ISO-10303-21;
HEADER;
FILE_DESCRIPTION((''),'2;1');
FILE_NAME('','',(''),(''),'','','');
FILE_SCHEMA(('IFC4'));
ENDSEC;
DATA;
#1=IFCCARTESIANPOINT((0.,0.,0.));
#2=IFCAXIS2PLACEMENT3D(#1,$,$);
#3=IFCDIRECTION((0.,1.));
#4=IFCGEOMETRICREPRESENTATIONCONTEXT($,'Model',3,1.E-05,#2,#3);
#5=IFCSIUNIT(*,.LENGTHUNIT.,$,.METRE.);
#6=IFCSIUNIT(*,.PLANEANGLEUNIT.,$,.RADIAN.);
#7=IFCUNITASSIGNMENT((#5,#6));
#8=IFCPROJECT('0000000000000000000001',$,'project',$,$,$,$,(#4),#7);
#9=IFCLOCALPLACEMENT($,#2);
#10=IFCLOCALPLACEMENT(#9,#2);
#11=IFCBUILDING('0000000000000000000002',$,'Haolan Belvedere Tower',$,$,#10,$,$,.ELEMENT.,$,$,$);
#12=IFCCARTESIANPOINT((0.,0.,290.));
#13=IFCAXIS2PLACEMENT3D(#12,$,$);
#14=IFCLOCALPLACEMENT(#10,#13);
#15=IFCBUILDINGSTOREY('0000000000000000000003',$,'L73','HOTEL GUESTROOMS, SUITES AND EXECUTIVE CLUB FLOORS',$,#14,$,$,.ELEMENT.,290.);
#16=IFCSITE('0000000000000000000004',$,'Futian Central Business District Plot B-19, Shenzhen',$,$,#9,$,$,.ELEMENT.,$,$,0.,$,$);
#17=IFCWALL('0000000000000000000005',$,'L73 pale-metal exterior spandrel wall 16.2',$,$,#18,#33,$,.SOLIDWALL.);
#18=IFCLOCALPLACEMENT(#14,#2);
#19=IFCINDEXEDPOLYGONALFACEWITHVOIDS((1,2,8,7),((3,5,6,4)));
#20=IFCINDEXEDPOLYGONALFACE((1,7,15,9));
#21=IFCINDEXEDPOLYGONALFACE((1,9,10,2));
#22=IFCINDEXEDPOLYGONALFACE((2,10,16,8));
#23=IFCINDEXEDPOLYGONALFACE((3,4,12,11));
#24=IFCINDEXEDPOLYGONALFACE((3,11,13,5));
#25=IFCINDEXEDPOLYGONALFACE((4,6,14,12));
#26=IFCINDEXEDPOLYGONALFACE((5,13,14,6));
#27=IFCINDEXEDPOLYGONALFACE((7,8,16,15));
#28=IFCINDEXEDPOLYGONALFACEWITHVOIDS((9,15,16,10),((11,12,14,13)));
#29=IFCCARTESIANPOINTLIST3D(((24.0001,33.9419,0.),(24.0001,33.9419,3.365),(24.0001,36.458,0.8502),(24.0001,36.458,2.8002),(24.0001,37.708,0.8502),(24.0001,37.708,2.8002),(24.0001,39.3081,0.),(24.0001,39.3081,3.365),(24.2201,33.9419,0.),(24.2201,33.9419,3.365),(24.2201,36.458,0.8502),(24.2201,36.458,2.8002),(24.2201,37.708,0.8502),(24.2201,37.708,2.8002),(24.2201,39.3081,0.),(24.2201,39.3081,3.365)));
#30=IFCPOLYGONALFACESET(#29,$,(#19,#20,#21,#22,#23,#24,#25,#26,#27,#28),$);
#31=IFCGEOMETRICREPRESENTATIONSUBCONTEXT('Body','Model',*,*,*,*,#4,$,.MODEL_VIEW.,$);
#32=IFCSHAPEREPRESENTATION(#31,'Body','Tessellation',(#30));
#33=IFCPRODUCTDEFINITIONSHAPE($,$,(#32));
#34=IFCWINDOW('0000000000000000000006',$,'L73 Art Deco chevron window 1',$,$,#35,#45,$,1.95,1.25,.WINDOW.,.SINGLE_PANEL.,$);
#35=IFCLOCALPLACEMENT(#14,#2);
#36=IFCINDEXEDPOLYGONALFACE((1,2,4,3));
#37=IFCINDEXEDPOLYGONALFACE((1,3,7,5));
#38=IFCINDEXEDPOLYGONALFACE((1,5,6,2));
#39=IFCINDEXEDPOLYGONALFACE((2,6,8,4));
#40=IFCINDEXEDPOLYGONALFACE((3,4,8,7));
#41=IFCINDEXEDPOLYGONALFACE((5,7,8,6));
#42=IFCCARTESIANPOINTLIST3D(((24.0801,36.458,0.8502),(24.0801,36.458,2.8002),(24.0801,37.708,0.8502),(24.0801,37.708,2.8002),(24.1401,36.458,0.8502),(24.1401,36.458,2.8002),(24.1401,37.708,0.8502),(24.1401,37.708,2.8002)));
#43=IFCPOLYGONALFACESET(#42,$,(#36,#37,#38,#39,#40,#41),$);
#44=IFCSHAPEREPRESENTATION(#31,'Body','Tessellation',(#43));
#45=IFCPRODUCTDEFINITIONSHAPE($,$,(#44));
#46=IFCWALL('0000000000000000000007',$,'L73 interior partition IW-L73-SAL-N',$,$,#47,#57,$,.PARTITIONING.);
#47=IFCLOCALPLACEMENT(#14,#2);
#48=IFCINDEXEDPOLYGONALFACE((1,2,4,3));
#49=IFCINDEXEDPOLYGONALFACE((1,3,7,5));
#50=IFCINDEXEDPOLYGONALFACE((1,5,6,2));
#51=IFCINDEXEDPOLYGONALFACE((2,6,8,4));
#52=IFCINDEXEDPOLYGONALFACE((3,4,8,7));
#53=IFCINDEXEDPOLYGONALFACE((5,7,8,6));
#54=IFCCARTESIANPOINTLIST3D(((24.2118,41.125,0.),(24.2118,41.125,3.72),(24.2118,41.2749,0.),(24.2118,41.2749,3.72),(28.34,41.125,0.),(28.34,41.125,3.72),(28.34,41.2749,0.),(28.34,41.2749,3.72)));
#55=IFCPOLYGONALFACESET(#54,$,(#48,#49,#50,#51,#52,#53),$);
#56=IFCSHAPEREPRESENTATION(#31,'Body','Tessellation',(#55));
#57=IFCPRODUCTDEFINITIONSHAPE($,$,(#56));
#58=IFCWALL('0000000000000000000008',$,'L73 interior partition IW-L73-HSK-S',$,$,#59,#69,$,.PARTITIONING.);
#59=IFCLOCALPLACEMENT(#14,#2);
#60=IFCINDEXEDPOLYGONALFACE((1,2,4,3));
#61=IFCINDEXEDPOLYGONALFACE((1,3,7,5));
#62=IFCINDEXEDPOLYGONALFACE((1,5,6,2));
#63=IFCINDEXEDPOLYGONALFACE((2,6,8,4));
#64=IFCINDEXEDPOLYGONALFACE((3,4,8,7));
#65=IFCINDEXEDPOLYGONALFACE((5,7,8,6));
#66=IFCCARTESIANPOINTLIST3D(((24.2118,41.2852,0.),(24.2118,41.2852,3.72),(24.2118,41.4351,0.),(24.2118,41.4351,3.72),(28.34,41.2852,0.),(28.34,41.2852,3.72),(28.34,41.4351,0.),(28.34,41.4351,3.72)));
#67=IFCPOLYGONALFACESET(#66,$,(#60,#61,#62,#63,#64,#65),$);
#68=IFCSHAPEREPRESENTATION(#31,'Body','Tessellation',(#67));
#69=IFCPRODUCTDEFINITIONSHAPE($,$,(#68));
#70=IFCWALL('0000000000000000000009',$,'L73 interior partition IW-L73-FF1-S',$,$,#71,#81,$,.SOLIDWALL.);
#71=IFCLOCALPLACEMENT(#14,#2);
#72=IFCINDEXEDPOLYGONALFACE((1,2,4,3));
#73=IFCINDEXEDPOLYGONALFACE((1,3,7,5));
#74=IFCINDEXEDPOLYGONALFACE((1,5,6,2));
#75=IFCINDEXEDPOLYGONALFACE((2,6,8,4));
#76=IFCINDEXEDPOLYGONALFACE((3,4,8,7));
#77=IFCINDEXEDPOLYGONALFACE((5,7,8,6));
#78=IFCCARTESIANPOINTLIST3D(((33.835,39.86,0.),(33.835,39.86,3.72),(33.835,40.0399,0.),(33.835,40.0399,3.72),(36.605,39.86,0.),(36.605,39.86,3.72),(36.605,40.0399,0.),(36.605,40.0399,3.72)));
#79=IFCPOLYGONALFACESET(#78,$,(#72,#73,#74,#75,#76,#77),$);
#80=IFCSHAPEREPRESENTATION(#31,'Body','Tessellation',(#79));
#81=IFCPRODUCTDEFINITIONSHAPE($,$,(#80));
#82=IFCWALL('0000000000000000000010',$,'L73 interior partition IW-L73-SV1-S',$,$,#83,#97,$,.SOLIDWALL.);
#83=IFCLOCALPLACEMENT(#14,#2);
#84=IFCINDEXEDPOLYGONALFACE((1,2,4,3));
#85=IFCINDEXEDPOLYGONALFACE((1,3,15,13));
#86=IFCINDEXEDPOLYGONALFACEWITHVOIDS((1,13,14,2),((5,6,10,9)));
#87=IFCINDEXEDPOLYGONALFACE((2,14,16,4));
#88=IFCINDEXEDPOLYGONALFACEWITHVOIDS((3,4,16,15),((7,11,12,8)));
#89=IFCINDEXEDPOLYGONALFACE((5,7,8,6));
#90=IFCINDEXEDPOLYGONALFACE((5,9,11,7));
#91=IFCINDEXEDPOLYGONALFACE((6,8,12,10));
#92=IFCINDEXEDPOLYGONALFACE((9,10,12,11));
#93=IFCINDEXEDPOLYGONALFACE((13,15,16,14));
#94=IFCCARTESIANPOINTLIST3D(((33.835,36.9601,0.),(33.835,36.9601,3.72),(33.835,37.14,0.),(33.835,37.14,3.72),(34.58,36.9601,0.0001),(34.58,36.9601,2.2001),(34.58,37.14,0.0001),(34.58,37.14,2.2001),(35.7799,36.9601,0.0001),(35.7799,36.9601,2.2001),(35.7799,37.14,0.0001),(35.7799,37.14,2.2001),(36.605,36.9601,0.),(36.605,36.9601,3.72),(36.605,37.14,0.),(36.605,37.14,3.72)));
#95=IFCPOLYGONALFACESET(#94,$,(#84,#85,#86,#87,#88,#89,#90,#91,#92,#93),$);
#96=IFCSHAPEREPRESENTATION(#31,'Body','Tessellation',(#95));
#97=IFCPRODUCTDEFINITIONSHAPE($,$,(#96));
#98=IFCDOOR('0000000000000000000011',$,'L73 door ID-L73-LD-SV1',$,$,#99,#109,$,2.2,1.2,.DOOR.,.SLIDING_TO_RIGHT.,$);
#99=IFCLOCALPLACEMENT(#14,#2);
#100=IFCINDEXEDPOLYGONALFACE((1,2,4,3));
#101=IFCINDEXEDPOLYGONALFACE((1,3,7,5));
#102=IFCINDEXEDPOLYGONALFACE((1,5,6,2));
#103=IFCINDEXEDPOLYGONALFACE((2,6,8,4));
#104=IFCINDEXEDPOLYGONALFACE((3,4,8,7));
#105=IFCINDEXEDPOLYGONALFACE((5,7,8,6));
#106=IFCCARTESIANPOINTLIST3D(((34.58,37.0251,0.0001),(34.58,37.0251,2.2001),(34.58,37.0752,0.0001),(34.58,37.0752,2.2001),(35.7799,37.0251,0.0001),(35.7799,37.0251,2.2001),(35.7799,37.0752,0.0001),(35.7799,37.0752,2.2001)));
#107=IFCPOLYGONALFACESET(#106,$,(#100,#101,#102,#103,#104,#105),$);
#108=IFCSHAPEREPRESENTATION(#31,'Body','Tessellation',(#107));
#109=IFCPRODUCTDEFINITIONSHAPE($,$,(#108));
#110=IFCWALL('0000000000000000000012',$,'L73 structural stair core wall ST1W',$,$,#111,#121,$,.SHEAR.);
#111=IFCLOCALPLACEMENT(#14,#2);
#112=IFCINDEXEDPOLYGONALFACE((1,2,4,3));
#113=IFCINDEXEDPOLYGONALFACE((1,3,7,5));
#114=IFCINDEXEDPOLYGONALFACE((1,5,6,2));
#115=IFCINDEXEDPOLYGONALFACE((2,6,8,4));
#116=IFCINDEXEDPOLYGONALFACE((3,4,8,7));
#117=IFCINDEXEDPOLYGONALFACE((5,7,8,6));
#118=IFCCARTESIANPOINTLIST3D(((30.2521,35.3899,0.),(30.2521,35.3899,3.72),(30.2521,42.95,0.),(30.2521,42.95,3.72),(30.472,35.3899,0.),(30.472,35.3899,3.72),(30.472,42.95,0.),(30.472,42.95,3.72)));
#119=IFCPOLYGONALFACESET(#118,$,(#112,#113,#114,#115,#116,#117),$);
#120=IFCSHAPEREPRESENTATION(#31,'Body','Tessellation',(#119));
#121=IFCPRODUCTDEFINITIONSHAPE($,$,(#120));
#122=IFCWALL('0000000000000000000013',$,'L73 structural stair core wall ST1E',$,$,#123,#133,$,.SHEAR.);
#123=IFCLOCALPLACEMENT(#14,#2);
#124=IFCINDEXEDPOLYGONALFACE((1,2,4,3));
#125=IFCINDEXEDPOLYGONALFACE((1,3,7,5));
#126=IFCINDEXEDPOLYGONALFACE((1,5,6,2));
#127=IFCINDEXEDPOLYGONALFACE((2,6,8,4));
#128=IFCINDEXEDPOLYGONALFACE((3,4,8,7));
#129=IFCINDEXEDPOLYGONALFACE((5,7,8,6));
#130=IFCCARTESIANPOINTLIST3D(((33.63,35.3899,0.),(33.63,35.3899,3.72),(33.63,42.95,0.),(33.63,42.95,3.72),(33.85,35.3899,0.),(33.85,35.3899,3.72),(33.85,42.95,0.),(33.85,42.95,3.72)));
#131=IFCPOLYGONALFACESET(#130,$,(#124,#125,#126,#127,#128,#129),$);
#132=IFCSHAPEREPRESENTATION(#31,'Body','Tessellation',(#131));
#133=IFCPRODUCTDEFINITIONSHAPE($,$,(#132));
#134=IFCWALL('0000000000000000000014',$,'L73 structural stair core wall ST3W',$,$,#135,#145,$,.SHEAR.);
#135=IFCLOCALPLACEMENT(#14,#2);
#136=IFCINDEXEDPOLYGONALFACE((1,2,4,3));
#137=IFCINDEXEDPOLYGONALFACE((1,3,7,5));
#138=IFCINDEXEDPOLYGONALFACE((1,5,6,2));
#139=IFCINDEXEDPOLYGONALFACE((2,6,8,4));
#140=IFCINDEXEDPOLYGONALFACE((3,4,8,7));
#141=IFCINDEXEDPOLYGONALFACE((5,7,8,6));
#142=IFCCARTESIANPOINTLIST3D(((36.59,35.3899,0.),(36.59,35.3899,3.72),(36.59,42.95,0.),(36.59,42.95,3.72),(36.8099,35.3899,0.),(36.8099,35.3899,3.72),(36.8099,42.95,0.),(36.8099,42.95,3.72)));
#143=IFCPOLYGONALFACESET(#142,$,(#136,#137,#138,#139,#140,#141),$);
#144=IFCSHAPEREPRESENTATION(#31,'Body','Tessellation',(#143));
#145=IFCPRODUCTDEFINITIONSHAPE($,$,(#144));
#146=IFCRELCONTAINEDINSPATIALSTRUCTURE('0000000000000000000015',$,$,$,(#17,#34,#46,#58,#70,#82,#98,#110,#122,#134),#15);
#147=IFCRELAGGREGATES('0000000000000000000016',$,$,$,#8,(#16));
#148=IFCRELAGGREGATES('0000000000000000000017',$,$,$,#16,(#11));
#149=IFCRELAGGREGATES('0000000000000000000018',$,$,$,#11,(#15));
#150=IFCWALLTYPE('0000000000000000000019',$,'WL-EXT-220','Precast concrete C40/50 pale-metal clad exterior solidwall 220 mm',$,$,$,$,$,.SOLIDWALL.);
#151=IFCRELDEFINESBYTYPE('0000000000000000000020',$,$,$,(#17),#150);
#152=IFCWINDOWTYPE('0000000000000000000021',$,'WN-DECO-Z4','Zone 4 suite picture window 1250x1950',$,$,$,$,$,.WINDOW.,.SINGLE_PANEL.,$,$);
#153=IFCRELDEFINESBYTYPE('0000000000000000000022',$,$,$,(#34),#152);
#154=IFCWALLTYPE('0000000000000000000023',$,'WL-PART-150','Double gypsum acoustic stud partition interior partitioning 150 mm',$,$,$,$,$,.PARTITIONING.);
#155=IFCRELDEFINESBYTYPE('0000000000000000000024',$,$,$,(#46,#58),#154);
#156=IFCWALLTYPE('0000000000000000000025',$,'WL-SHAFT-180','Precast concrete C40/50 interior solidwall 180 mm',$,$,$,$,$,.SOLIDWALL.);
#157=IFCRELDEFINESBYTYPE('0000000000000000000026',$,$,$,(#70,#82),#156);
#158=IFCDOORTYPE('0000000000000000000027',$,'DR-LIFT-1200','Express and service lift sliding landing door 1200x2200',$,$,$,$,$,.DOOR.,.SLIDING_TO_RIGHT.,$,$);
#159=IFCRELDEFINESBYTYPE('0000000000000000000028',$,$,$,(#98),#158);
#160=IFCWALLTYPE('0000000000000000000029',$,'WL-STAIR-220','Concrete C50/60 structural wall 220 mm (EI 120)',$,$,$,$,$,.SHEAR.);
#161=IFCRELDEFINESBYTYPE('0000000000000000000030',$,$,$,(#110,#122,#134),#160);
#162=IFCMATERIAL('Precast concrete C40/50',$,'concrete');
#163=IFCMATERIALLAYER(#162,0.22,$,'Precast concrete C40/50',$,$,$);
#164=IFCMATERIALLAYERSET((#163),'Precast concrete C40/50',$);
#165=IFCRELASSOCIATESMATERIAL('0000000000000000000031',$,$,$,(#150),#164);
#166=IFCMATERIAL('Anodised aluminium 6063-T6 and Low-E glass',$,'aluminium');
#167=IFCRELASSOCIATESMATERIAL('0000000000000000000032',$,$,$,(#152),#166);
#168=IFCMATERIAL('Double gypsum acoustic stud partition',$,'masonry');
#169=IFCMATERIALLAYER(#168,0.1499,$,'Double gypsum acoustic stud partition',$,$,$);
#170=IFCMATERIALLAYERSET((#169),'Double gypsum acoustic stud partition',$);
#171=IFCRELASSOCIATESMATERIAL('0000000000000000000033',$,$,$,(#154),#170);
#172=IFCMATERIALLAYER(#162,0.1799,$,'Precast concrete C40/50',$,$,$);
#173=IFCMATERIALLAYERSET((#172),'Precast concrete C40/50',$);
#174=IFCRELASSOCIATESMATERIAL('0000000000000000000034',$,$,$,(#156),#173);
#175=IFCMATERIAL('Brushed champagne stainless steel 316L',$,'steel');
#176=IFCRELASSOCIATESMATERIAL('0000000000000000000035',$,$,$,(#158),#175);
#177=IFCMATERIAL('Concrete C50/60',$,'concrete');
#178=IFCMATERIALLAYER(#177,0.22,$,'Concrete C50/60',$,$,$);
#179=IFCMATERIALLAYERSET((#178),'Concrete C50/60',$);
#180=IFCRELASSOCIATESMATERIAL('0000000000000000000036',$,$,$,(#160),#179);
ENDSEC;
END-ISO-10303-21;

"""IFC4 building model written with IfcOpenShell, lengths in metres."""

from ifc_helpers import new_model, si_unit, direction, frame, frame_2d, origin, place, context, subcontext, project, spatial, rectangle, extrude, material, layer, layer_set, type_object, element, fill, save


model = new_model("IFC4")

# Units and contexts
model_context = context("Model", 3, precision=1e-05, world=origin(), true_north=direction((0.0, 1.0)))
body_context = subcontext(model_context, "Body", "Model", "MODEL_VIEW")
ifc_project = project(units=[si_unit("LENGTHUNIT", "METRE"), si_unit("PLANEANGLEUNIT", "RADIAN")], contexts=[model_context])

# Site, building, storey
site_placement = place(None, origin())
site = spatial("IfcSite", under=ifc_project, at=site_placement, Name="Futian Central Business District Plot B-19, Shenzhen", CompositionType="ELEMENT", RefElevation=0.0)
building_placement = place(site_placement, origin())
building = spatial("IfcBuilding", under=site, at=building_placement, Name="Haolan Belvedere Tower", CompositionType="ELEMENT")
storey_placement = place(building_placement, frame((0.0, 0.0, 290.0)))
storey = spatial("IfcBuildingStorey", under=building, at=storey_placement, Name="L73", Description="HOTEL GUESTROOMS, SUITES AND EXECUTIVE CLUB FLOORS", CompositionType="ELEMENT", Elevation=290.0)

# Wall, opening, window
ifc_material_1 = material(Name="Precast concrete C40/50", Category="concrete")
ifc_layer_1 = layer(ifc_material_1, 0.22, Name="Precast concrete C40/50")
ifc_layer_set_1 = layer_set([ifc_layer_1], Name="Precast concrete C40/50")
wall_type_1 = type_object("IfcWallType", Name="WL-EXT-220", Description="Precast concrete C40/50 pale-metal clad exterior solidwall 220 mm", PredefinedType="SOLIDWALL", material=ifc_layer_set_1)
wall_1_placement = place(storey_placement, frame((24.1101, 39.3081, 0.0), z_axis=(0.0, 0.0, 1.0), x_axis=(0.0, -1.0, 0.0)))
wall_1 = element("IfcWall", 1, at=wall_1_placement, inside=storey, type_object=wall_type_1, Name="L73 pale-metal exterior spandrel wall 16.2", PredefinedType="SOLIDWALL", context=body_context, shape_type="SweptSolid", body=[
    extrude(rectangle(XDim=5.3662, YDim=0.22, at=frame_2d((2.6831, 0.0))), origin(), (0.0, 0.0, 1.0), 3.365),
])
opening_1_placement = place(wall_1_placement, frame((1.6001, 0.0, 0.8501)))
opening_1 = element("IfcOpeningElement", 2, at=opening_1_placement, cuts=wall_1, PredefinedType="OPENING", context=body_context, shape_type="SweptSolid", body=[
    extrude(rectangle(XDim=1.25, YDim=1.95, at=frame_2d((0.625, 0.9751))), frame((0.0, 0.1199, 0.0), z_axis=(0.0, -1.0, 0.0), x_axis=(1.0, 0.0, 0.0)), (0.0, 0.0, 1.0), 0.24),
])
ifc_material_2 = material(Name="Anodised aluminium 6063-T6 and Low-E glass", Category="aluminium")
window_type = type_object("IfcWindowType", Name="WN-DECO-Z4", Description="Zone 4 suite picture window 1250x1950", PartitioningType="SINGLE_PANEL", PredefinedType="WINDOW", material=ifc_material_2)
window_placement = place(opening_1_placement, origin())
window = element("IfcWindow", 3, at=window_placement, inside=storey, type_object=window_type, Name="L73 Art Deco chevron window 1", OverallHeight=1.95, OverallWidth=1.25, PartitioningType="SINGLE_PANEL", PredefinedType="WINDOW", context=body_context, shape_type="SweptSolid", body=[
    extrude(rectangle(XDim=1.25, YDim=1.95, at=frame_2d((0.625, 0.9751))), frame((0.0, 0.03, 0.0), z_axis=(0.0, -1.0, 0.0), x_axis=(1.0, 0.0, 0.0)), (0.0, 0.0, 1.0), 0.0601),
])
fill(opening_1, window)

# Walls
ifc_material_3 = material(Name="Double gypsum acoustic stud partition", Category="masonry")
ifc_layer_2 = layer(ifc_material_3, 0.1499, Name="Double gypsum acoustic stud partition")
ifc_layer_set_2 = layer_set([ifc_layer_2], Name="Double gypsum acoustic stud partition")
wall_type_2 = type_object("IfcWallType", Name="WL-PART-150", Description="Double gypsum acoustic stud partition interior partitioning 150 mm", PredefinedType="PARTITIONING", material=ifc_layer_set_2)
for number, where, z_axis, x_axis, name in (
    (4, (24.2119, 41.2, 0.0), (0.0, 0.0, 1.0), (1.0, 0.0, 0.0), "L73 interior partition IW-L73-SAL-N"),
    (5, (24.2119, 41.3601, 0.0), (0.0, 0.0, 1.0), (1.0, 0.0, 0.0), "L73 interior partition IW-L73-HSK-S"),
):
    element("IfcWall", number, at=place(storey_placement, frame(where, z_axis=z_axis, x_axis=x_axis)), inside=storey, type_object=wall_type_2, Name=name, PredefinedType="PARTITIONING", context=body_context, shape_type="SweptSolid", body=[
        extrude(rectangle(XDim=4.1282, YDim=0.1499, at=frame_2d((2.064, 0.0))), origin(), (0.0, 0.0, 1.0), 3.72),
    ])
ifc_layer_3 = layer(ifc_material_1, 0.1799, Name="Precast concrete C40/50")
ifc_layer_set_3 = layer_set([ifc_layer_3], Name="Precast concrete C40/50")
wall_type_3 = type_object("IfcWallType", Name="WL-SHAFT-180", Description="Precast concrete C40/50 interior solidwall 180 mm", PredefinedType="SOLIDWALL", material=ifc_layer_set_3)
wall_2_placement = place(storey_placement, frame((33.835, 39.95, 0.0), z_axis=(0.0, 0.0, 1.0), x_axis=(1.0, 0.0, 0.0)))
element("IfcWall", 6, at=wall_2_placement, inside=storey, type_object=wall_type_3, Name="L73 interior partition IW-L73-FF1-S", PredefinedType="SOLIDWALL", context=body_context, shape_type="SweptSolid", body=[
    extrude(rectangle(XDim=2.77, YDim=0.1799, at=frame_2d((1.385, 0.0))), origin(), (0.0, 0.0, 1.0), 3.72),
])

# Wall, opening, door
wall_3_placement = place(storey_placement, frame((33.835, 37.05, 0.0), z_axis=(0.0, 0.0, 1.0), x_axis=(1.0, 0.0, 0.0)))
wall_3 = element("IfcWall", 7, at=wall_3_placement, inside=storey, type_object=wall_type_3, Name="L73 interior partition IW-L73-SV1-S", PredefinedType="SOLIDWALL", context=body_context, shape_type="SweptSolid", body=[
    extrude(rectangle(XDim=2.77, YDim=0.1799, at=frame_2d((1.385, 0.0))), origin(), (0.0, 0.0, 1.0), 3.72),
])
opening_2_placement = place(wall_3_placement, frame((1.9451, 0.0, 0.0), z_axis=(0.0, 0.0, 1.0), x_axis=(-1.0, 0.0, 0.0)))
opening_2 = element("IfcOpeningElement", 8, at=opening_2_placement, cuts=wall_3, PredefinedType="OPENING", context=body_context, shape_type="SweptSolid", body=[
    extrude(rectangle(XDim=1.2, YDim=2.2, at=frame_2d((0.6001, 1.1001))), frame((0.0, 0.0999, 0.0), z_axis=(0.0, -1.0, 0.0), x_axis=(1.0, 0.0, 0.0)), (0.0, 0.0, 1.0), 0.2),
])
ifc_material_4 = material(Name="Brushed champagne stainless steel 316L", Category="steel")
door_type_1 = type_object("IfcDoorType", Name="DR-LIFT-1200", Description="Express and service lift sliding landing door 1200x2200", OperationType="SLIDING_TO_RIGHT", PredefinedType="DOOR", material=ifc_material_4)
door_1_placement = place(opening_2_placement, origin())
door_1 = element("IfcDoor", 9, at=door_1_placement, inside=storey, type_object=door_type_1, Name="L73 door ID-L73-LD-SV1", OperationType="SLIDING_TO_RIGHT", OverallHeight=2.2, OverallWidth=1.2, PredefinedType="DOOR", context=body_context, shape_type="SweptSolid", body=[
    extrude(rectangle(XDim=1.2, YDim=2.2, at=frame_2d((0.6001, 1.1001))), frame((0.0, 0.0249, 0.0), z_axis=(0.0, -1.0, 0.0), x_axis=(1.0, 0.0, 0.0)), (0.0, 0.0, 1.0), 0.05),
])
fill(opening_2, door_1)

# Walls
ifc_material_5 = material(Name="Concrete C50/60", Category="concrete")
ifc_layer_4 = layer(ifc_material_5, 0.22, Name="Concrete C50/60")
ifc_layer_set_4 = layer_set([ifc_layer_4], Name="Concrete C50/60")
wall_type_4 = type_object("IfcWallType", Name="WL-STAIR-220", Description="Concrete C50/60 structural wall 220 mm (EI 120)", PredefinedType="SHEAR", material=ifc_layer_set_4)
for number, where, z_axis, x_axis, name in (
    (10, (30.3621, 35.3899, 0.0), (0.0, 0.0, 1.0), (0.0, 1.0, 0.0), "L73 structural stair core wall ST1W"),
    (11, (33.74, 35.3899, 0.0), (0.0, 0.0, 1.0), (0.0, 1.0, 0.0), "L73 structural stair core wall ST1E"),
    (12, (36.7, 35.3899, 0.0), (0.0, 0.0, 1.0), (0.0, 1.0, 0.0), "L73 structural stair core wall ST3W"),
):
    element("IfcWall", number, at=place(storey_placement, frame(where, z_axis=z_axis, x_axis=x_axis)), inside=storey, type_object=wall_type_4, Name=name, PredefinedType="SHEAR", context=body_context, shape_type="SweptSolid", body=[
        extrude(rectangle(XDim=7.5601, YDim=0.22, at=frame_2d((3.78, 0.0))), origin(), (0.0, 0.0, 1.0), 3.72),
    ])

save(model, "model.ifc")
